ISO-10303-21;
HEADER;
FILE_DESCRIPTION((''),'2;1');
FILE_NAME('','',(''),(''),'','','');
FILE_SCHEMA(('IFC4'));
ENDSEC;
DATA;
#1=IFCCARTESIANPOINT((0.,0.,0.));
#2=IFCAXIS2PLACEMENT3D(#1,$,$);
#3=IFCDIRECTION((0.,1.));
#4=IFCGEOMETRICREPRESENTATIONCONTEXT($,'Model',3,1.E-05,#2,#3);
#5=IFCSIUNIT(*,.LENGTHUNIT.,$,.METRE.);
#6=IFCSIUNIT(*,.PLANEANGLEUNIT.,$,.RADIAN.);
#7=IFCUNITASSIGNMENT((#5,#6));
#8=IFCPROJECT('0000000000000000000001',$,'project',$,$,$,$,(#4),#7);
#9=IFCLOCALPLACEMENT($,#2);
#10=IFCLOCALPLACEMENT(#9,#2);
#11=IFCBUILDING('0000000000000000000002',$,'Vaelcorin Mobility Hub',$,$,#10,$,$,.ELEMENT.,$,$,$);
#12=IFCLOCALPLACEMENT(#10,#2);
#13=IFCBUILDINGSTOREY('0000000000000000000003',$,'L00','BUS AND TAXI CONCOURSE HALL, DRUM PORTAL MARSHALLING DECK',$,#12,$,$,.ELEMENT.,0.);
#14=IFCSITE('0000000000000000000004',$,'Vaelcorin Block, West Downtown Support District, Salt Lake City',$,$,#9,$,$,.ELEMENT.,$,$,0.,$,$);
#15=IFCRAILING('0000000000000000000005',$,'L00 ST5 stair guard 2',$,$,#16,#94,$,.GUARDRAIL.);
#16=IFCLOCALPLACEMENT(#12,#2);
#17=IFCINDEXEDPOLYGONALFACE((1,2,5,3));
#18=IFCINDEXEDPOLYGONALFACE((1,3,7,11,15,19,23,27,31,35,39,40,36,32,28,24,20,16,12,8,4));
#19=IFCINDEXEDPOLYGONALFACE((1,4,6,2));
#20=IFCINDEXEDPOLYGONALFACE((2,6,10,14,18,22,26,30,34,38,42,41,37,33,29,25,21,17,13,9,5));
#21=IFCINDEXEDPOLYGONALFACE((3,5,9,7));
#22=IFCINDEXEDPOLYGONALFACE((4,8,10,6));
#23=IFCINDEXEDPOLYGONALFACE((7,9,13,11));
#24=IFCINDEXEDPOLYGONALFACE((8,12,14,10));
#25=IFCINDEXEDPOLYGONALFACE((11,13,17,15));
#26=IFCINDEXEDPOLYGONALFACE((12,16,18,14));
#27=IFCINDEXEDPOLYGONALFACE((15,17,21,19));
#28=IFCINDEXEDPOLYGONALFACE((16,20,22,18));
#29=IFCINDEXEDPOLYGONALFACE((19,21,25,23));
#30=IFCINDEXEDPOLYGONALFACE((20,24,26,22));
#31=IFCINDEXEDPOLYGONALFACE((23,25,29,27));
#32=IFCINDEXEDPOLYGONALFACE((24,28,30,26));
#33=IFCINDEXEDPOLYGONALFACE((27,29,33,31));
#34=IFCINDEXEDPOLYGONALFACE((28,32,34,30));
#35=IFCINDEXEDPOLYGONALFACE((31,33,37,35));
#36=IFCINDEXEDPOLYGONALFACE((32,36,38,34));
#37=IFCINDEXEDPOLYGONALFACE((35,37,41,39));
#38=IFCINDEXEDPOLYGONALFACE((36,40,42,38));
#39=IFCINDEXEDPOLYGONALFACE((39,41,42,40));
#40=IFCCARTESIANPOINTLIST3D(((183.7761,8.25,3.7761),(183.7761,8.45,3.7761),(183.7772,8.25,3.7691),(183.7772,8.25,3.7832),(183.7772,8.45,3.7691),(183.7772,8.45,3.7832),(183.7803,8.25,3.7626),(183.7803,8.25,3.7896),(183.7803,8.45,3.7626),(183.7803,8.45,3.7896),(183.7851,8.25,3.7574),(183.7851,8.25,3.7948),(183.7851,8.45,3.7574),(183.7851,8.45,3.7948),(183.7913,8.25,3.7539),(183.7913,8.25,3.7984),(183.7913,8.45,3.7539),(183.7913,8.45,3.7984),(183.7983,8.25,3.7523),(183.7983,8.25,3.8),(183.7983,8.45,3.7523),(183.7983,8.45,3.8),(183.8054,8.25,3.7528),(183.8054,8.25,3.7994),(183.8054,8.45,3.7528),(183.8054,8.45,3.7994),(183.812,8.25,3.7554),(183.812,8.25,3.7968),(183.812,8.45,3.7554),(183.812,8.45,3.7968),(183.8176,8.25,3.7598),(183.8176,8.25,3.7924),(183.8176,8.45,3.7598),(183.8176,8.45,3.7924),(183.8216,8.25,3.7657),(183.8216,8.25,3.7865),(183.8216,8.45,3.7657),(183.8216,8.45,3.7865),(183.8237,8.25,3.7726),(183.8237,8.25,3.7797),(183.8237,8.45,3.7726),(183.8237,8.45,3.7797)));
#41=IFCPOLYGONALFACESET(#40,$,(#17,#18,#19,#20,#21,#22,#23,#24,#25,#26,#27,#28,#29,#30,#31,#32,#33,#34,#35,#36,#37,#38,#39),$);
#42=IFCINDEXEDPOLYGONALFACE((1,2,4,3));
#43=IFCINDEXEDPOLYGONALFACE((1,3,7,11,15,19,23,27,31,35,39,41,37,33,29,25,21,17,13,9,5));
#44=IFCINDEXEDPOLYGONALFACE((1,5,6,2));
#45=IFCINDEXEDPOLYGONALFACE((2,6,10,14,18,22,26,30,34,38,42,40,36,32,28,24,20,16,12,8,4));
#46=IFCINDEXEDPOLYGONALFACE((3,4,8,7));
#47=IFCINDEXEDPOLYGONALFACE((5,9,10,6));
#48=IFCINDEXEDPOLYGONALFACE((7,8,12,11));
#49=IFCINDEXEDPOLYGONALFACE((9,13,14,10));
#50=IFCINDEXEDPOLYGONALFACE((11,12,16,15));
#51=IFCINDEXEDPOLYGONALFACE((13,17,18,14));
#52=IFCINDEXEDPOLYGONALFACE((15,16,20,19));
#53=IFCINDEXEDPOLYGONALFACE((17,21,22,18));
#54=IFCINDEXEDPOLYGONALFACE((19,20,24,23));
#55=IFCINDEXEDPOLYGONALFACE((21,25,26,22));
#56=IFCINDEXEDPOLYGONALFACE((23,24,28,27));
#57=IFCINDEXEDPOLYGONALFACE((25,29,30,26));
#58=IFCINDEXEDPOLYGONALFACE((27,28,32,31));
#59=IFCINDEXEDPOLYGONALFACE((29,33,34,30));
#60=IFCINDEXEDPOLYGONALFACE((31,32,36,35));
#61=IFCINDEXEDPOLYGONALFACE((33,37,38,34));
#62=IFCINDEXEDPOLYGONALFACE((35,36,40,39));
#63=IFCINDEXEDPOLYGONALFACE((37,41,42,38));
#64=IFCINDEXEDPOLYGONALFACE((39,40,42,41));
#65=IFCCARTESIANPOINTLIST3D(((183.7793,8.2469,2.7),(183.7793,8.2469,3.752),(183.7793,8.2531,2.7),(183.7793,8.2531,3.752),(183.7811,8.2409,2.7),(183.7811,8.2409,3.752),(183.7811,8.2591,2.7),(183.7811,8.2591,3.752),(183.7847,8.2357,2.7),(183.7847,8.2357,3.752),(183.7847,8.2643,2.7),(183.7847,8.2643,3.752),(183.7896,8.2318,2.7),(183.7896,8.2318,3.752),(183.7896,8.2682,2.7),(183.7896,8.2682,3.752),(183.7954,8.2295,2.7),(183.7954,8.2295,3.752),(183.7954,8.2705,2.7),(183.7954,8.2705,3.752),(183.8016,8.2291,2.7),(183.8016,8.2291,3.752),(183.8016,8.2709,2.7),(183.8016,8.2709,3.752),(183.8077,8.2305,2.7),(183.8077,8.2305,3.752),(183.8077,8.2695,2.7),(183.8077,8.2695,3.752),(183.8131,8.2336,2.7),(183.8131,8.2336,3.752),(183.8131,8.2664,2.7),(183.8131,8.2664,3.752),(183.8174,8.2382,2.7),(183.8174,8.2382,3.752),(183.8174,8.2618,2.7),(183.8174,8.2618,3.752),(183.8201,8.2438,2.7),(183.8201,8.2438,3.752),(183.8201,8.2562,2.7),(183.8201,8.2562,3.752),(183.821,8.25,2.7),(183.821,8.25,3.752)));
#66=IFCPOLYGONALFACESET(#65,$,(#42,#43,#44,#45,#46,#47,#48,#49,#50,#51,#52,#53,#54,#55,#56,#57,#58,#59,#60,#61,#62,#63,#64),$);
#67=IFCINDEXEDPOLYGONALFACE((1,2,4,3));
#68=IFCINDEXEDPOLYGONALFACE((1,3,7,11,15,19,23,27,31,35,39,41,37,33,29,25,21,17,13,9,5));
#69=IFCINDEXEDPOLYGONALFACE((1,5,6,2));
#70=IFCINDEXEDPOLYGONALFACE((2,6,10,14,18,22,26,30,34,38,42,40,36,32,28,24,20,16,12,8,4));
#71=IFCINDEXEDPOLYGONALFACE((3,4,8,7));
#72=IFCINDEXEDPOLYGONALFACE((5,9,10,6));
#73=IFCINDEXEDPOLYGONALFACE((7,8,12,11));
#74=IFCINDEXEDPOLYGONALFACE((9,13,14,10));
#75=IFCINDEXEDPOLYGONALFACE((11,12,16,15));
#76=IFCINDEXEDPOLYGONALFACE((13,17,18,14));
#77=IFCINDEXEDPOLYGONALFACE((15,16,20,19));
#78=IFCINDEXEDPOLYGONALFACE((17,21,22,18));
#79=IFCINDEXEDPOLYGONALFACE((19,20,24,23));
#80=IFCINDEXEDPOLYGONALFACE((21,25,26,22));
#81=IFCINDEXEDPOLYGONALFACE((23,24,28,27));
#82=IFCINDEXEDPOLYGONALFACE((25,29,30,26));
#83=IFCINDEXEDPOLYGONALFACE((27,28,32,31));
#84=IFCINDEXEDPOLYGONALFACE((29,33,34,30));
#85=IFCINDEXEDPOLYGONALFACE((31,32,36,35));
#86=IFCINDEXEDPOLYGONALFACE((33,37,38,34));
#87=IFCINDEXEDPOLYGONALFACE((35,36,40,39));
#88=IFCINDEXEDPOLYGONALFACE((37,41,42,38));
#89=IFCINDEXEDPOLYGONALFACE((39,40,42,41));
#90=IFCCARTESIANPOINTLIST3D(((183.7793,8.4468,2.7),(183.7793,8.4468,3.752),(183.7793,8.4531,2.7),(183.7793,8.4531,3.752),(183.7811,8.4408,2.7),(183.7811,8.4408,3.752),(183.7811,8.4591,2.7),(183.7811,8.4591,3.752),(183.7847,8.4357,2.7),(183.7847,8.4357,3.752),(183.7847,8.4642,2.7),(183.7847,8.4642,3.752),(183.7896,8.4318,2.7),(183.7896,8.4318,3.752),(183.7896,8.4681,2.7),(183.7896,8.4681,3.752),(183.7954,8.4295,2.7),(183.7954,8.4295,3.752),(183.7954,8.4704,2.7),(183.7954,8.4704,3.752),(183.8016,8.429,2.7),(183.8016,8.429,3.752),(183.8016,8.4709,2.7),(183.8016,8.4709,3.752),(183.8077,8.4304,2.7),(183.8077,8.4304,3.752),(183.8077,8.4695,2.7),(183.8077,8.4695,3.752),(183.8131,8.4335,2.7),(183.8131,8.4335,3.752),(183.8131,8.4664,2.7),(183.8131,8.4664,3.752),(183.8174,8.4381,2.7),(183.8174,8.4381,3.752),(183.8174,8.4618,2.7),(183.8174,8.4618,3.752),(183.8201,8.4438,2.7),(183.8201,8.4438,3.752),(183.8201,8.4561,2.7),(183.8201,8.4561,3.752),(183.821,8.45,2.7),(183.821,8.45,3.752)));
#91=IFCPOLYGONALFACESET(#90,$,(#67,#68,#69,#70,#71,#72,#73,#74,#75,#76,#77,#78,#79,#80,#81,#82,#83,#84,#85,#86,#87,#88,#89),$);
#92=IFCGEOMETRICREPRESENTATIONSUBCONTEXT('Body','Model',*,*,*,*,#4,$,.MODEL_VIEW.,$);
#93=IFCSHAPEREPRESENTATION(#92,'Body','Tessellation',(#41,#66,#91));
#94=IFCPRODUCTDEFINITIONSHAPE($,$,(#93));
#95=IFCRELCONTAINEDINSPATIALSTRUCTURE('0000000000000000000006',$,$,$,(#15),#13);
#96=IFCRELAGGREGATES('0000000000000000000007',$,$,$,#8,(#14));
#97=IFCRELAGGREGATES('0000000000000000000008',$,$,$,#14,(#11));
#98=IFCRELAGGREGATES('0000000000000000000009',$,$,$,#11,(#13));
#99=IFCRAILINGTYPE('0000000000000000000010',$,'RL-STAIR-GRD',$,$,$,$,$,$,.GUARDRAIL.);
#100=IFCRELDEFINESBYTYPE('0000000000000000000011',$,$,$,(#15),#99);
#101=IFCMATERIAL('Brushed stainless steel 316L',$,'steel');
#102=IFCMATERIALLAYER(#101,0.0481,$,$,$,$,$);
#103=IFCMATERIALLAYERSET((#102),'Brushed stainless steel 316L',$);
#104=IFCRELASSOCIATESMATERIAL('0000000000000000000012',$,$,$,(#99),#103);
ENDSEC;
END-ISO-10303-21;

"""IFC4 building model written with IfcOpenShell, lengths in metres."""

from ifc_helpers import new_model, si_unit, direction, frame, origin, origin_2d, place, context, subcontext, project, spatial, circle, extrude, material, layer, layer_set, type_object, element, save


model = new_model("IFC4")

# Units and contexts
model_context = context("Model", 3, precision=1e-05, world=origin(), true_north=direction((0.0, 1.0)))
body_context = subcontext(model_context, "Body", "Model", "MODEL_VIEW")
ifc_project = project(units=[si_unit("LENGTHUNIT", "METRE"), si_unit("PLANEANGLEUNIT", "RADIAN")], contexts=[model_context])

# Site, building, storey
site_placement = place(None, origin())
site = spatial("IfcSite", under=ifc_project, at=site_placement, Name="Vaelcorin Block, West Downtown Support District, Salt Lake City", CompositionType="ELEMENT", RefElevation=0.0)
building_placement = place(site_placement, origin())
building = spatial("IfcBuilding", under=site, at=building_placement, Name="Vaelcorin Mobility Hub", CompositionType="ELEMENT")
storey_placement = place(building_placement, origin())
storey = spatial("IfcBuildingStorey", under=building, at=storey_placement, Name="L00", Description="BUS AND TAXI CONCOURSE HALL, DRUM PORTAL MARSHALLING DECK", CompositionType="ELEMENT", Elevation=0.0)

# Railing
ifc_material_1 = material(Name="Brushed stainless steel 316L", Category="steel")
ifc_layer_1 = layer(ifc_material_1, 0.0481)
ifc_layer_set_1 = layer_set([ifc_layer_1], Name="Brushed stainless steel 316L")
railing_type_1 = type_object("IfcRailingType", Name="RL-STAIR-GRD", PredefinedType="GUARDRAIL", material=ifc_layer_set_1)
railing_1_placement = place(storey_placement, frame((183.8, 8.25, 2.7)))
element("IfcRailing", 1, at=railing_1_placement, inside=storey, type_object=railing_type_1, Name="L00 ST5 stair guard 2", PredefinedType="GUARDRAIL", context=body_context, shape_type="SweptSolid", body=[
    extrude(circle(Radius=0.0239, at=origin_2d()), frame((0.0, 0.0, 1.0762), z_axis=(0.0, 1.0, 0.0), x_axis=(-1.0, 0.0, 0.0)), (0.0, 0.0, 1.0), 0.2),
    extrude(circle(Radius=0.021, at=origin_2d()), origin(), (0.0, 0.0, 1.0), 1.052),
    extrude(circle(Radius=0.021, at=origin_2d()), frame((0.0, 0.2, 0.0)), (0.0, 0.0, 1.0), 1.052),
])

save(model, "model.ifc")
